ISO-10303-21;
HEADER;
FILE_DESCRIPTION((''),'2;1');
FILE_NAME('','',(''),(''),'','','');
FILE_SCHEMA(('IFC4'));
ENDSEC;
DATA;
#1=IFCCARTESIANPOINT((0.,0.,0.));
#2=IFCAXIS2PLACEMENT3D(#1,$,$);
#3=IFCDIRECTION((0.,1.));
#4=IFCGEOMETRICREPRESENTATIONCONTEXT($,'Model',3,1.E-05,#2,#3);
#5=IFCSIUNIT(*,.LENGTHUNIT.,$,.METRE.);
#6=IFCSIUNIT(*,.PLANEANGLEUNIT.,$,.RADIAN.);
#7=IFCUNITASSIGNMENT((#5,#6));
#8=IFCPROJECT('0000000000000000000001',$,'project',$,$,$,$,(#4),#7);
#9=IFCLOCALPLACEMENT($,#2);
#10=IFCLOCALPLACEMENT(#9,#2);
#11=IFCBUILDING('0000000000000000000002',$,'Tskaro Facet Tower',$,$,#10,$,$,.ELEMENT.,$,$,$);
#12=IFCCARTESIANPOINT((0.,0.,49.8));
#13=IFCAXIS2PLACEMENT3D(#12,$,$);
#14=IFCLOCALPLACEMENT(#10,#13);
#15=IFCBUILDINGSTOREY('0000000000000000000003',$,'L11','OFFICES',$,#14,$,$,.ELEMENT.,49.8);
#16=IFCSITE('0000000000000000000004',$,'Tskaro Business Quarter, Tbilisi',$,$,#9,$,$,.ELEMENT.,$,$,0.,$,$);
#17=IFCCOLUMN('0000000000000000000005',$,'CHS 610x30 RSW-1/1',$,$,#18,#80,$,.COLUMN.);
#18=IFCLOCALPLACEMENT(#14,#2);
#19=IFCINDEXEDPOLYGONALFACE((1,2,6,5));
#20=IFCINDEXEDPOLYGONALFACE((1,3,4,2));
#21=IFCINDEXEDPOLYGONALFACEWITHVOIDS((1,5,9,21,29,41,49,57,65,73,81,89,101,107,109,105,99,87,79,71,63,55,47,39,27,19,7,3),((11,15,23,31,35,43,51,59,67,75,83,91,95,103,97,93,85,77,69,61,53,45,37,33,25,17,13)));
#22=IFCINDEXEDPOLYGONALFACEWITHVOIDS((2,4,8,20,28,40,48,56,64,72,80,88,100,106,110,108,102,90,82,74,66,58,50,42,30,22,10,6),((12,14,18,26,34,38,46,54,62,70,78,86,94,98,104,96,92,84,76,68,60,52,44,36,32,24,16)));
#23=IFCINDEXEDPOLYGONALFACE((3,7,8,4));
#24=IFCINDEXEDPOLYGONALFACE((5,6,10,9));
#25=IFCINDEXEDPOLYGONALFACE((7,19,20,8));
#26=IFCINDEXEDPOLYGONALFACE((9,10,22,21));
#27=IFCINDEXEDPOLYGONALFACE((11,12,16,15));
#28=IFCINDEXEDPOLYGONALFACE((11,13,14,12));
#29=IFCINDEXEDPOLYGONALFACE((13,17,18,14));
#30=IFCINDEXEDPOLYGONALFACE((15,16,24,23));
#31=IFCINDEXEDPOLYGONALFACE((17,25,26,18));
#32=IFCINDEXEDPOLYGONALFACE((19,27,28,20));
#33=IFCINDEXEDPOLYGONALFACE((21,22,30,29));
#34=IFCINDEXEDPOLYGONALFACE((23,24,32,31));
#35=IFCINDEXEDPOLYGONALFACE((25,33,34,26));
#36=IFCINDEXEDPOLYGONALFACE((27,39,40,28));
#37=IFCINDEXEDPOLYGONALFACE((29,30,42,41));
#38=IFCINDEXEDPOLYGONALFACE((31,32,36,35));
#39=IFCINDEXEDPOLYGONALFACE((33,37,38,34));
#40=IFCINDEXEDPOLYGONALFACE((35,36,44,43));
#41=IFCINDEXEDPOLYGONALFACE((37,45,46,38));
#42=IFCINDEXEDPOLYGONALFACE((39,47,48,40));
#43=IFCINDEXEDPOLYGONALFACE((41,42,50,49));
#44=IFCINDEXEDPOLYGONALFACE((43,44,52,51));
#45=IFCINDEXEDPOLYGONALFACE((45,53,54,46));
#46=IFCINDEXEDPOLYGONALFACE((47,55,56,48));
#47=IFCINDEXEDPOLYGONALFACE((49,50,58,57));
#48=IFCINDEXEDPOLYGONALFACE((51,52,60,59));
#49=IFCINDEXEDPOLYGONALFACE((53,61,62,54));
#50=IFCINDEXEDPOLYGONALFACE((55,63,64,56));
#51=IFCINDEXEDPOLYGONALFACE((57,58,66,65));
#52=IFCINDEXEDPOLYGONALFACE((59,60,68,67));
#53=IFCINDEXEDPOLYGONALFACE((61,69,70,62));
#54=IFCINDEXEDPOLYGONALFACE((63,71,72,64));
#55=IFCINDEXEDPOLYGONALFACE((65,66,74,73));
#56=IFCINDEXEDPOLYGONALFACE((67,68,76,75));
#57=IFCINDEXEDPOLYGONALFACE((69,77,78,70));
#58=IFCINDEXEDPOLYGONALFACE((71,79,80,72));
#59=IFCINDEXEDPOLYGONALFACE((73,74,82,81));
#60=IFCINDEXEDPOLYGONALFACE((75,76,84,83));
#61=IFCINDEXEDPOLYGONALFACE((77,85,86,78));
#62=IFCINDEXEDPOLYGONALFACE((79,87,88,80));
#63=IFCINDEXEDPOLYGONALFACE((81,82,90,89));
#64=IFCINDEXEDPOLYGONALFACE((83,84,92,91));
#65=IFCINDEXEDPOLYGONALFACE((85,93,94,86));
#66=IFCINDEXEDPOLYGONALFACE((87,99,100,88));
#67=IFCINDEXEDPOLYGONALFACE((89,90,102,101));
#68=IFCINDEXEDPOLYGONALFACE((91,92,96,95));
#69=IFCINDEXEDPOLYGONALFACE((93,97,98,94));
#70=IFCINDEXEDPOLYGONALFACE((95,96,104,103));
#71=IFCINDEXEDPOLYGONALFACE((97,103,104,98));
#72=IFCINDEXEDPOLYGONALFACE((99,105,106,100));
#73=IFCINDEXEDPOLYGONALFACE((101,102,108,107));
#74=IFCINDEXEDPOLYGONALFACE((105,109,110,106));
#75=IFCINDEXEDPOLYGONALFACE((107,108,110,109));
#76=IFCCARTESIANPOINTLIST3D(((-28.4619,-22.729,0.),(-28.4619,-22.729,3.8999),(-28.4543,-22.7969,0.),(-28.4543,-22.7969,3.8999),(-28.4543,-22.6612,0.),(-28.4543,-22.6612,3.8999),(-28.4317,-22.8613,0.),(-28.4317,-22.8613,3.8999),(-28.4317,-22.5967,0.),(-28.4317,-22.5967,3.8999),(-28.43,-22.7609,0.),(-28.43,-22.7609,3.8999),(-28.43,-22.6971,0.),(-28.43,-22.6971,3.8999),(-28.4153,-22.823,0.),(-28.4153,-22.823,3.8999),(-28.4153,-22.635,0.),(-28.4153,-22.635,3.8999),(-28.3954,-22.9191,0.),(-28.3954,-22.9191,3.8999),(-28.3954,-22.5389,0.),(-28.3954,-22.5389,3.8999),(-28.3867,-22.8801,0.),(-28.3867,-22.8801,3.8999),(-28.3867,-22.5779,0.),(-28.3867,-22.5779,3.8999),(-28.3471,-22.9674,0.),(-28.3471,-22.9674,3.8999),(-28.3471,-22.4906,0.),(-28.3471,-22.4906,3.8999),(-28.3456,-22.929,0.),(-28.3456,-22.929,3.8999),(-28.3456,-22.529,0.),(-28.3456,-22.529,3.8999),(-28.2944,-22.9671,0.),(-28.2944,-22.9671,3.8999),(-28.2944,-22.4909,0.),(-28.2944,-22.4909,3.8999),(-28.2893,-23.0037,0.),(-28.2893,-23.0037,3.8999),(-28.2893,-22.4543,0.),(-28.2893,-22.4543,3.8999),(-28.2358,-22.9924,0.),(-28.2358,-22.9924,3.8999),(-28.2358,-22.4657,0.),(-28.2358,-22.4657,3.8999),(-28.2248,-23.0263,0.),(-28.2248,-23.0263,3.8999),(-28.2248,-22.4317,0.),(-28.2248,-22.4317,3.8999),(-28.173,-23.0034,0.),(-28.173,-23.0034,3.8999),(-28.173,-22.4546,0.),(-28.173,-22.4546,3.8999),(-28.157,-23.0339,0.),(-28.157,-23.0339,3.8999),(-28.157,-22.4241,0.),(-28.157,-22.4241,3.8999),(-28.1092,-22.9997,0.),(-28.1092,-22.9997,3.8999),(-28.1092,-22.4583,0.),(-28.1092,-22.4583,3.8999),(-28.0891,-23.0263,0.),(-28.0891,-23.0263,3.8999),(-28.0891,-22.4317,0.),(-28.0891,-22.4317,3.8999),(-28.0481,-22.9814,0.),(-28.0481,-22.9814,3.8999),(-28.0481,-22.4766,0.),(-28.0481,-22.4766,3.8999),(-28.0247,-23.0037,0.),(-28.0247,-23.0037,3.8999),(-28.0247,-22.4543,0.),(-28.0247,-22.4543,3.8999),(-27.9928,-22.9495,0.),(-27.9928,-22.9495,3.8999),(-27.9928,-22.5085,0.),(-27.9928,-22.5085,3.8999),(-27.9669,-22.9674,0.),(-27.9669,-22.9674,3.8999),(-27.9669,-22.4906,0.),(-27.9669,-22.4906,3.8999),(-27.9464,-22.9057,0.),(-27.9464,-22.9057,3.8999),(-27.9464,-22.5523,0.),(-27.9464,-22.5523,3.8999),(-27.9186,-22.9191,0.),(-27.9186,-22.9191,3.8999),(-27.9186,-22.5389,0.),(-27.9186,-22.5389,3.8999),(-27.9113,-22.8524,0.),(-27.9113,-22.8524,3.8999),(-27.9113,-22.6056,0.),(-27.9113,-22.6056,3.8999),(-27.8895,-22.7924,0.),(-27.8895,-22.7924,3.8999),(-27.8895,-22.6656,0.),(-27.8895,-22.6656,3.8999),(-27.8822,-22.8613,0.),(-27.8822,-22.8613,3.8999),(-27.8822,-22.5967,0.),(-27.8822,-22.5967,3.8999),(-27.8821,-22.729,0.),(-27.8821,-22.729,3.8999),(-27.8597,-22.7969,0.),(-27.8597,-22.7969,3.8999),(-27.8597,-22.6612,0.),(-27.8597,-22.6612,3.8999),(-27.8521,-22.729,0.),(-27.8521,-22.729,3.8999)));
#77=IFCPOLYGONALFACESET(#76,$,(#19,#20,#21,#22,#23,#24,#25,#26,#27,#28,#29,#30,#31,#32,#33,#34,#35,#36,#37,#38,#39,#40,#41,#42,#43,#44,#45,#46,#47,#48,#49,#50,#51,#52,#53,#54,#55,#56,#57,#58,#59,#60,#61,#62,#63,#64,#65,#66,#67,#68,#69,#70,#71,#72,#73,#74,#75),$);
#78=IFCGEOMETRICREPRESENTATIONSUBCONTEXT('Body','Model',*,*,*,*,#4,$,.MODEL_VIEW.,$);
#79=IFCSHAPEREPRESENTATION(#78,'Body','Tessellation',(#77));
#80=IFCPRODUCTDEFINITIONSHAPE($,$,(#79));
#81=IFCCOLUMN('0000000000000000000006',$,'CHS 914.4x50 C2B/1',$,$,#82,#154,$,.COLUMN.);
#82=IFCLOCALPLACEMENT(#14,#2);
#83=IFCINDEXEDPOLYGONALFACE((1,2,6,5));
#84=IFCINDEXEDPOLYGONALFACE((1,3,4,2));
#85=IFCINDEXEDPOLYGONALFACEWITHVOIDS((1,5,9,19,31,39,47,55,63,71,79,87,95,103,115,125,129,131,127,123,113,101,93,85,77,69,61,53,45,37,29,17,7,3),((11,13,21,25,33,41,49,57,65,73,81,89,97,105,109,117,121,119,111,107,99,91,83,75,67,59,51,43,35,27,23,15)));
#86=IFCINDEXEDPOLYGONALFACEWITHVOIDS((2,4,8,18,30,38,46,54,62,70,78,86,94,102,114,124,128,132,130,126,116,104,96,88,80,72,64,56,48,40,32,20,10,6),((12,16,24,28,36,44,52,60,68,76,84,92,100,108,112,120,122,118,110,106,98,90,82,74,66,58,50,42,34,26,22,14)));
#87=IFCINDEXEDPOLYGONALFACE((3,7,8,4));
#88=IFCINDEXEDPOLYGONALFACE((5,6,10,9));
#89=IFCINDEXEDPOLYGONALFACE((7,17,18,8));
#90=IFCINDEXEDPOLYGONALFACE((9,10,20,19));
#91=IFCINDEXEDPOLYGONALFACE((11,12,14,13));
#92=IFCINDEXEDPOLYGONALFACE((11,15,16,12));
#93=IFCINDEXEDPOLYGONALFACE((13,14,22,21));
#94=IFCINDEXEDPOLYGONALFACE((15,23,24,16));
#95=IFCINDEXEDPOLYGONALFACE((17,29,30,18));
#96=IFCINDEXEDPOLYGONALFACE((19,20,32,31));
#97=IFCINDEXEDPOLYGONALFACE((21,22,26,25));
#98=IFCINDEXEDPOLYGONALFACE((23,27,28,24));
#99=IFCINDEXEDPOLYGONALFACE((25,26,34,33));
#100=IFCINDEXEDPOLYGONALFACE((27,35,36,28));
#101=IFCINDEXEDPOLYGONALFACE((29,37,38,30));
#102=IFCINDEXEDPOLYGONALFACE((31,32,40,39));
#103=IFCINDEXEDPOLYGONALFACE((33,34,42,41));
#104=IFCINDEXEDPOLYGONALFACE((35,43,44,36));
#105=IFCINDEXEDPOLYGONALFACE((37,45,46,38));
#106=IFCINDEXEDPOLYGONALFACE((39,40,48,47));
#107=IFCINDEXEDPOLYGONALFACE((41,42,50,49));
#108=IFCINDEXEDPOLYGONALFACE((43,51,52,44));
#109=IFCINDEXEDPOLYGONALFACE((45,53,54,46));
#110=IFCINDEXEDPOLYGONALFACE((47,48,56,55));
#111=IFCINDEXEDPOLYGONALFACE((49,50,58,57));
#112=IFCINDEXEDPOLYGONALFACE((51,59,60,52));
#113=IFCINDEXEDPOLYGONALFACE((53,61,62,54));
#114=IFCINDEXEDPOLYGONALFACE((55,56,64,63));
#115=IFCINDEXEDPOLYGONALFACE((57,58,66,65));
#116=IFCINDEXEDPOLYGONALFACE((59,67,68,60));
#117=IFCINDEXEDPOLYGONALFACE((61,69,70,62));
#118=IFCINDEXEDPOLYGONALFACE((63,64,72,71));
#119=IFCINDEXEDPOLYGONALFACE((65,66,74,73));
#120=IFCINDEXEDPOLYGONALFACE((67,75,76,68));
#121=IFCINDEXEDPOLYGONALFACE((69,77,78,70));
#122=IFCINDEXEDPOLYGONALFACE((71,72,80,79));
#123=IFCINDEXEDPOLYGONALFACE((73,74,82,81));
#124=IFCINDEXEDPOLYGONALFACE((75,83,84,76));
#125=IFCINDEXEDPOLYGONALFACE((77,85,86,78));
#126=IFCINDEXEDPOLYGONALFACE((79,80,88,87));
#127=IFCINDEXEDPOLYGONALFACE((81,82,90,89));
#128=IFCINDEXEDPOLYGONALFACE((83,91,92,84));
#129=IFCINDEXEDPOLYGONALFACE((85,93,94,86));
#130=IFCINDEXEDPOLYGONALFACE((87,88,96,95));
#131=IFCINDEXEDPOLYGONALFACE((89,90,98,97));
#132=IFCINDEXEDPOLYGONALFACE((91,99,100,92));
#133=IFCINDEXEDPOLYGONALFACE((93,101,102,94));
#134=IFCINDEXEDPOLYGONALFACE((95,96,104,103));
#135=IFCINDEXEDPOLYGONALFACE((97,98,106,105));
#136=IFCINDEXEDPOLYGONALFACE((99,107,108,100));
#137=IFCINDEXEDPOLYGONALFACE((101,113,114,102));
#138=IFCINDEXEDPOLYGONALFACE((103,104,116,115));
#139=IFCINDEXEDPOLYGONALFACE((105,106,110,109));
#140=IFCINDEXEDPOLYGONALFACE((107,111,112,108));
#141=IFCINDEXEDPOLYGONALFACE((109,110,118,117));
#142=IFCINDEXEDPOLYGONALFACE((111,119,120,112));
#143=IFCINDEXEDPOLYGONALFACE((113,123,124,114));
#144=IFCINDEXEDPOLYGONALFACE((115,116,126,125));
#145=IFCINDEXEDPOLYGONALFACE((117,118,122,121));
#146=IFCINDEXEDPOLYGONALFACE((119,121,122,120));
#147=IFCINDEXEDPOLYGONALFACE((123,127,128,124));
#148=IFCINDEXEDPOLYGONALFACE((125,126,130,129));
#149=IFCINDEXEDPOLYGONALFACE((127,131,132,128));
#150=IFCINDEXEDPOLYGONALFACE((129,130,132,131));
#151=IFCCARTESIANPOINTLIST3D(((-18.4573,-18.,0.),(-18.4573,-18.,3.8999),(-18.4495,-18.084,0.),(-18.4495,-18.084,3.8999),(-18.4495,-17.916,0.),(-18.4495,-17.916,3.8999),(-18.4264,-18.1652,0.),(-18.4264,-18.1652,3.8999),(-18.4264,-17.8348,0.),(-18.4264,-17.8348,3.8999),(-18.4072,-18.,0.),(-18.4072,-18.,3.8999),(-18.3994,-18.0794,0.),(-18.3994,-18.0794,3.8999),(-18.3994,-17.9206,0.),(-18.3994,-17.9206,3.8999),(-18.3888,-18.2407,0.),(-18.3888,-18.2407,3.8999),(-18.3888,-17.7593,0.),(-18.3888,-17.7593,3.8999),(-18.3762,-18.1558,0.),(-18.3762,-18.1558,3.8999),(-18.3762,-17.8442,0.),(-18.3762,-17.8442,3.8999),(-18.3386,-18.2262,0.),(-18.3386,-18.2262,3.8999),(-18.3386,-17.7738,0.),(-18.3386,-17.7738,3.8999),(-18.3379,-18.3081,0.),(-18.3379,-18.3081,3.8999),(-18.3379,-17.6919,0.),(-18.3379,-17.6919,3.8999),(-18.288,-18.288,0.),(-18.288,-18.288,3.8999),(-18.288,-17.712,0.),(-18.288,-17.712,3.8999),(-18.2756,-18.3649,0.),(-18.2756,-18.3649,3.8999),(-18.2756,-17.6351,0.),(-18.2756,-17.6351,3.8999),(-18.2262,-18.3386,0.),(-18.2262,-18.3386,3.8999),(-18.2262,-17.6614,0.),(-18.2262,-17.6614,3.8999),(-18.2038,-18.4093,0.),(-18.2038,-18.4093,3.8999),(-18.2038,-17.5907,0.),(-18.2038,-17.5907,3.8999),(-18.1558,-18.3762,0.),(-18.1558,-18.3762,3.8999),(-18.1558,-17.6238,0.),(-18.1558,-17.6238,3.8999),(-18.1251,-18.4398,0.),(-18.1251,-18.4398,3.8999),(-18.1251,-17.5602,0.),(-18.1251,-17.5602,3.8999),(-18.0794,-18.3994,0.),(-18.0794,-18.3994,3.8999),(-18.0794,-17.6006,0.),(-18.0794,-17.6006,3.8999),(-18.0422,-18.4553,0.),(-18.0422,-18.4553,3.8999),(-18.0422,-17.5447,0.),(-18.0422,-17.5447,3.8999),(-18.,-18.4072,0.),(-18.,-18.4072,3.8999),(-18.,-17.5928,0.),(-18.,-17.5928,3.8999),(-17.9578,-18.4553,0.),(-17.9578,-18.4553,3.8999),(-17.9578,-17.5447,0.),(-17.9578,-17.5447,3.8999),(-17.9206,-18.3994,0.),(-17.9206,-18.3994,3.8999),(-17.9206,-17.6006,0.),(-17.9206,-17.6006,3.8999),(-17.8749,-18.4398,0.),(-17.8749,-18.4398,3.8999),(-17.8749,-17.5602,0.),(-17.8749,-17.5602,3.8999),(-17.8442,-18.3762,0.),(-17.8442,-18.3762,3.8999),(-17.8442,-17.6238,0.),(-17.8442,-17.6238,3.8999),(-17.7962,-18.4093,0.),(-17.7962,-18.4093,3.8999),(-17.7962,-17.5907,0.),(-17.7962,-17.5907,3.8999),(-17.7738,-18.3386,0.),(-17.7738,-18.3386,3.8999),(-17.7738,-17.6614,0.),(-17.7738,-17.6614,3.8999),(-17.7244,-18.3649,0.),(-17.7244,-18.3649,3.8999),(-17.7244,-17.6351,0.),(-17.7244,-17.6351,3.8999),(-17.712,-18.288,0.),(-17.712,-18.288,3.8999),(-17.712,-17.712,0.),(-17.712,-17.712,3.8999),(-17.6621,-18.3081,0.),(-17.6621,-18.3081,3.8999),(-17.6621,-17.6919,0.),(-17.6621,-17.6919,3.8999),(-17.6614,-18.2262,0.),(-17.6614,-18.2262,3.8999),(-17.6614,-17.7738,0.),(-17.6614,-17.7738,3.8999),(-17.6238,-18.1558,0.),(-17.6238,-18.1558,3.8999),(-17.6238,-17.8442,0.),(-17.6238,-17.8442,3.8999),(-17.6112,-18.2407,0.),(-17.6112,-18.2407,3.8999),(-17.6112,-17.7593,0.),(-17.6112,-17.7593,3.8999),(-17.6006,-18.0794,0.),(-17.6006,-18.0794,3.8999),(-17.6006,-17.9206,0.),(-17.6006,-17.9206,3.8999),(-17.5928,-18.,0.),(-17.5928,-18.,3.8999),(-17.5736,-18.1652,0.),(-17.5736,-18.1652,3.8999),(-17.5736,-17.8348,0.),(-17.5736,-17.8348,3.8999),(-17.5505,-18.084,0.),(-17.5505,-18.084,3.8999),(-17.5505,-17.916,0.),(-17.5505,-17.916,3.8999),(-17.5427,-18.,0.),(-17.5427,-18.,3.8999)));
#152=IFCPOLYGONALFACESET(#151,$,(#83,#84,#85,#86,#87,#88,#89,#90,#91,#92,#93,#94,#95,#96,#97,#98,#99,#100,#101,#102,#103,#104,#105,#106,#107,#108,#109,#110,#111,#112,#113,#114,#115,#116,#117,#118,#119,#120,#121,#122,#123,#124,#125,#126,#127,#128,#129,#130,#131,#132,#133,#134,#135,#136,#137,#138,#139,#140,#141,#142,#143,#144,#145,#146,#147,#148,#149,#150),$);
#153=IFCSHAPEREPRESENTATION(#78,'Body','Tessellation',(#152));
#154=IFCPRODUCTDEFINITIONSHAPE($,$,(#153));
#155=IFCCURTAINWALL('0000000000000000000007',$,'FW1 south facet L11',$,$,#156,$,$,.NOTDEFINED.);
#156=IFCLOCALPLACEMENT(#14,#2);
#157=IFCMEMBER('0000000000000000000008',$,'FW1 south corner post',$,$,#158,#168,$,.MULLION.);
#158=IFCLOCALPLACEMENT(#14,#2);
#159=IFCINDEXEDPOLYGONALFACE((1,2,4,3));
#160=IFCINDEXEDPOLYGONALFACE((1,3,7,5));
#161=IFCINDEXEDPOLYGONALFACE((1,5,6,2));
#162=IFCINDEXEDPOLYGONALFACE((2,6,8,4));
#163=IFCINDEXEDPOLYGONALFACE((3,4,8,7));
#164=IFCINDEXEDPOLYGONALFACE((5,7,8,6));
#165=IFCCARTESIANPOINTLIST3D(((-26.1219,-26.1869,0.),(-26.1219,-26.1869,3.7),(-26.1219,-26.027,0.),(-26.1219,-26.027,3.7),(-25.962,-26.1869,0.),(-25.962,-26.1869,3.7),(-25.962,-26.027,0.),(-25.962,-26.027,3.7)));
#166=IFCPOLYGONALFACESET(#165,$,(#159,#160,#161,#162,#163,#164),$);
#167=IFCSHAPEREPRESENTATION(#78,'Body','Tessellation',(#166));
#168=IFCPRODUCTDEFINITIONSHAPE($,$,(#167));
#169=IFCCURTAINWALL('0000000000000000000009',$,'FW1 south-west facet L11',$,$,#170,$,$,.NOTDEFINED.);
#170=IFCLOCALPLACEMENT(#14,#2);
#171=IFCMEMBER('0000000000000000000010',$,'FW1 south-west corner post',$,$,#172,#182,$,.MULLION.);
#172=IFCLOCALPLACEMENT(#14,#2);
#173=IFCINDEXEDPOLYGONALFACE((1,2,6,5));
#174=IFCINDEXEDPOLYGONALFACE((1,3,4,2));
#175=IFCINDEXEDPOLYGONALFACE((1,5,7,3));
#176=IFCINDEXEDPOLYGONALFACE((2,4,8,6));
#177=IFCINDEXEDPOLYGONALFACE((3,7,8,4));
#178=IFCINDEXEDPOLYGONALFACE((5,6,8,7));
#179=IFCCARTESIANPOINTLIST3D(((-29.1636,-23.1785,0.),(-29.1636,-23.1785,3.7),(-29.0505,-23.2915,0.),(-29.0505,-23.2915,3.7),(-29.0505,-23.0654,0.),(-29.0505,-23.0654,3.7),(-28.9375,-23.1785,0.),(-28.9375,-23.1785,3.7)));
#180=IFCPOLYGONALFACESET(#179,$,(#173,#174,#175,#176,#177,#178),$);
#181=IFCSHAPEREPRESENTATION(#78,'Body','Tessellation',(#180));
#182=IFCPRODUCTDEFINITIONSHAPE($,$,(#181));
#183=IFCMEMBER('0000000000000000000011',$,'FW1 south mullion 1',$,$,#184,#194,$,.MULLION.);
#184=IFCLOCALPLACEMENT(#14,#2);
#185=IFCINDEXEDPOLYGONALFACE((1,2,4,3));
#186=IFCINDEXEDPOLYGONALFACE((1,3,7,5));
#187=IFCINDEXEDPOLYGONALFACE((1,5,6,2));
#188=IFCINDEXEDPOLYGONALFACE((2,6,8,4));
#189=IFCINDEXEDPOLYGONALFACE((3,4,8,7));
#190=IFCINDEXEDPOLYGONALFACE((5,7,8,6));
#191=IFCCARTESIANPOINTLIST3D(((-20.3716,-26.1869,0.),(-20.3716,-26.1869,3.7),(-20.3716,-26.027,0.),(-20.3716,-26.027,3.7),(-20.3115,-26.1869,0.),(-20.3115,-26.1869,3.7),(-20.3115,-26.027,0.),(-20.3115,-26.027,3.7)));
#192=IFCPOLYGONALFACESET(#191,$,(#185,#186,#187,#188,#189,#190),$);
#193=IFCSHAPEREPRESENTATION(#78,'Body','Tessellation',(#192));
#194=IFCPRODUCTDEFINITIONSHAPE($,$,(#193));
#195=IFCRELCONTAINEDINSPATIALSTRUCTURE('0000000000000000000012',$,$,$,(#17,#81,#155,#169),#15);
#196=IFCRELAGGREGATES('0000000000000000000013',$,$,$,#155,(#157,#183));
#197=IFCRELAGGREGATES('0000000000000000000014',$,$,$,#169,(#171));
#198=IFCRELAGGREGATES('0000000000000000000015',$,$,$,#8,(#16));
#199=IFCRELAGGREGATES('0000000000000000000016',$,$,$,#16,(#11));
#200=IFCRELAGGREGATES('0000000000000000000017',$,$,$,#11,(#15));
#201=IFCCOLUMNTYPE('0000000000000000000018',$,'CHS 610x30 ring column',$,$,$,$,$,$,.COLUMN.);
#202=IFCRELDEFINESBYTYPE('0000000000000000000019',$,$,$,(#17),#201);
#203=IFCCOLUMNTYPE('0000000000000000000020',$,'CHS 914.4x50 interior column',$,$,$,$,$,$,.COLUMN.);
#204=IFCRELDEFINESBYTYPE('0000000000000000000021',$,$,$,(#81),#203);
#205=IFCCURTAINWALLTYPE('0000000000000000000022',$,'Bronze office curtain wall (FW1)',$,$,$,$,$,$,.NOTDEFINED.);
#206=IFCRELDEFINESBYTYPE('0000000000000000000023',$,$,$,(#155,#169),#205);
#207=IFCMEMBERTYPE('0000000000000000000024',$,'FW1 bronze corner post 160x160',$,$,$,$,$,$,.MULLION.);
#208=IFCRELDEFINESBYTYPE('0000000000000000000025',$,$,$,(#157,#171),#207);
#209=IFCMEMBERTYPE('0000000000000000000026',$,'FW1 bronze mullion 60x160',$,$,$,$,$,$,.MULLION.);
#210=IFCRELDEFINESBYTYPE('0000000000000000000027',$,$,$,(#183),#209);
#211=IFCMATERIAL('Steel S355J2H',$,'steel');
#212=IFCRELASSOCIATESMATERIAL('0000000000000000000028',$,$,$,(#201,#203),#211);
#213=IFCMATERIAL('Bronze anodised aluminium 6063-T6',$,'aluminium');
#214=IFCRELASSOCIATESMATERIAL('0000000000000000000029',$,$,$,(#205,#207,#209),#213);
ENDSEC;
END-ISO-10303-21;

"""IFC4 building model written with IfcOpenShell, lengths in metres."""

from ifc_helpers import new_model, si_unit, direction, frame, origin, origin_2d, place, context, subcontext, project, spatial, rectangle, hollow_circle, extrude, material, material_profile, profile_set, type_object, element, aggregate, save


model = new_model("IFC4")

# Units and contexts
model_context = context("Model", 3, precision=1e-05, world=origin(), true_north=direction((0.0, 1.0)))
body_context = subcontext(model_context, "Body", "Model", "MODEL_VIEW")
ifc_project = project(units=[si_unit("LENGTHUNIT", "METRE"), si_unit("PLANEANGLEUNIT", "RADIAN")], contexts=[model_context])

# Site, building, storey
site_placement = place(None, origin())
site = spatial("IfcSite", under=ifc_project, at=site_placement, Name="Tskaro Business Quarter, Tbilisi", CompositionType="ELEMENT", RefElevation=0.0)
building_placement = place(site_placement, origin())
building = spatial("IfcBuilding", under=site, at=building_placement, Name="Tskaro Facet Tower", CompositionType="ELEMENT")
storey_placement = place(building_placement, frame((0.0, 0.0, 49.8)))
storey = spatial("IfcBuildingStorey", under=building, at=storey_placement, Name="L11", Description="OFFICES", CompositionType="ELEMENT", Elevation=49.8)

# Columns
ifc_material_1 = material(Name="Steel S355J2H", Category="steel")
ifc_material_profile_1 = material_profile(ifc_material_1, hollow_circle(Radius=0.3049, WallThickness=0.03, at=origin_2d()), Name="CHS 610x30")
ifc_profile_set_1 = profile_set([ifc_material_profile_1], Name="Steel S355J2H")
column_type_1 = type_object("IfcColumnType", Name="CHS 610x30 ring column", PredefinedType="COLUMN", material=ifc_profile_set_1)
for number, where, z_axis, x_axis, name in (
    (1, (-28.157, -22.729, 0.0), (0.0, 0.0, 1.0), (1.0, 0.0, 0.0), "CHS 610x30 RSW-1/1"),
):
    element("IfcColumn", number, at=place(storey_placement, frame(where, z_axis=z_axis, x_axis=x_axis)), inside=storey, type_object=column_type_1, Name=name, PredefinedType="COLUMN", context=body_context, shape_type="SweptSolid", body=[
        extrude(hollow_circle(Radius=0.3049, WallThickness=0.03, at=origin_2d()), origin(), (0.0, 0.0, 1.0), 3.8999),
    ])
ifc_material_profile_2 = material_profile(ifc_material_1, hollow_circle(Radius=0.4573, WallThickness=0.05, at=origin_2d()), Name="CHS 914.4x50")
ifc_profile_set_2 = profile_set([ifc_material_profile_2], Name="Steel S355J2H")
column_type_2 = type_object("IfcColumnType", Name="CHS 914.4x50 interior column", PredefinedType="COLUMN", material=ifc_profile_set_2)
column_placement = place(storey_placement, frame((-18.0, -18.0, 0.0), z_axis=(0.0, 0.0, 1.0), x_axis=(1.0, 0.0, 0.0)))
element("IfcColumn", 2, at=column_placement, inside=storey, type_object=column_type_2, Name="CHS 914.4x50 C2B/1", PredefinedType="COLUMN", context=body_context, shape_type="SweptSolid", body=[
    extrude(hollow_circle(Radius=0.4573, WallThickness=0.05, at=origin_2d()), origin(), (0.0, 0.0, 1.0), 3.8999),
])

# Curtain walls, members
ifc_material_2 = material(Name="Bronze anodised aluminium 6063-T6", Category="aluminium")
curtain_wall_type = type_object("IfcCurtainWallType", Name="Bronze office curtain wall (FW1)", PredefinedType="NOTDEFINED", material=ifc_material_2)
curtain_wall_1_placement = place(storey_placement, origin())
curtain_wall_1 = element("IfcCurtainWall", 3, at=curtain_wall_1_placement, inside=storey, type_object=curtain_wall_type, Name="FW1 south facet L11", PredefinedType="NOTDEFINED")
ifc_material_profile_3 = material_profile(ifc_material_2, rectangle(XDim=0.1599, YDim=0.1599, at=origin_2d()), Name="Corner post 160x160")
ifc_profile_set_3 = profile_set([ifc_material_profile_3], Name="Bronze anodised aluminium 6063-T6")
member_type_1 = type_object("IfcMemberType", Name="FW1 bronze corner post 160x160", PredefinedType="MULLION", material=ifc_profile_set_3)
member_1_placement = place(storey_placement, frame((-26.042, -26.1069, 0.0), z_axis=(0.0, 0.0, 1.0), x_axis=(1.0, 0.0, 0.0)))
member_1 = element("IfcMember", 4, at=member_1_placement, type_object=member_type_1, Name="FW1 south corner post", PredefinedType="MULLION", context=body_context, shape_type="SweptSolid", body=[
    extrude(rectangle(XDim=0.1599, YDim=0.1599, at=origin_2d()), origin(), (0.0, 0.0, 1.0), 3.7),
])
curtain_wall_2_placement = place(storey_placement, origin())
curtain_wall_2 = element("IfcCurtainWall", 5, at=curtain_wall_2_placement, inside=storey, type_object=curtain_wall_type, Name="FW1 south-west facet L11", PredefinedType="NOTDEFINED")
member_2_placement = place(storey_placement, frame((-29.0505, -23.1785, 0.0), z_axis=(0.0, 0.0, 1.0), x_axis=(0.707107, -0.707107, 0.0)))
member_2 = element("IfcMember", 6, at=member_2_placement, type_object=member_type_1, Name="FW1 south-west corner post", PredefinedType="MULLION", context=body_context, shape_type="SweptSolid", body=[
    extrude(rectangle(XDim=0.1599, YDim=0.1599, at=origin_2d()), origin(), (0.0, 0.0, 1.0), 3.7),
])

# Member
ifc_material_profile_4 = material_profile(ifc_material_2, rectangle(XDim=0.0601, YDim=0.1599, at=origin_2d()), Name="Mullion 60x160")
ifc_profile_set_4 = profile_set([ifc_material_profile_4], Name="Bronze anodised aluminium 6063-T6")
member_type_2 = type_object("IfcMemberType", Name="FW1 bronze mullion 60x160", PredefinedType="MULLION", material=ifc_profile_set_4)
member_3_placement = place(storey_placement, frame((-20.3416, -26.1069, 0.0), z_axis=(0.0, 0.0, 1.0), x_axis=(1.0, 0.0, 0.0)))
member_3 = element("IfcMember", 7, at=member_3_placement, type_object=member_type_2, Name="FW1 south mullion 1", PredefinedType="MULLION", context=body_context, shape_type="SweptSolid", body=[
    extrude(rectangle(XDim=0.0601, YDim=0.1599, at=origin_2d()), origin(), (0.0, 0.0, 1.0), 3.7),
])

aggregate(curtain_wall_1, [member_1, member_3])

aggregate(curtain_wall_2, [member_2])

save(model, "model.ifc")
